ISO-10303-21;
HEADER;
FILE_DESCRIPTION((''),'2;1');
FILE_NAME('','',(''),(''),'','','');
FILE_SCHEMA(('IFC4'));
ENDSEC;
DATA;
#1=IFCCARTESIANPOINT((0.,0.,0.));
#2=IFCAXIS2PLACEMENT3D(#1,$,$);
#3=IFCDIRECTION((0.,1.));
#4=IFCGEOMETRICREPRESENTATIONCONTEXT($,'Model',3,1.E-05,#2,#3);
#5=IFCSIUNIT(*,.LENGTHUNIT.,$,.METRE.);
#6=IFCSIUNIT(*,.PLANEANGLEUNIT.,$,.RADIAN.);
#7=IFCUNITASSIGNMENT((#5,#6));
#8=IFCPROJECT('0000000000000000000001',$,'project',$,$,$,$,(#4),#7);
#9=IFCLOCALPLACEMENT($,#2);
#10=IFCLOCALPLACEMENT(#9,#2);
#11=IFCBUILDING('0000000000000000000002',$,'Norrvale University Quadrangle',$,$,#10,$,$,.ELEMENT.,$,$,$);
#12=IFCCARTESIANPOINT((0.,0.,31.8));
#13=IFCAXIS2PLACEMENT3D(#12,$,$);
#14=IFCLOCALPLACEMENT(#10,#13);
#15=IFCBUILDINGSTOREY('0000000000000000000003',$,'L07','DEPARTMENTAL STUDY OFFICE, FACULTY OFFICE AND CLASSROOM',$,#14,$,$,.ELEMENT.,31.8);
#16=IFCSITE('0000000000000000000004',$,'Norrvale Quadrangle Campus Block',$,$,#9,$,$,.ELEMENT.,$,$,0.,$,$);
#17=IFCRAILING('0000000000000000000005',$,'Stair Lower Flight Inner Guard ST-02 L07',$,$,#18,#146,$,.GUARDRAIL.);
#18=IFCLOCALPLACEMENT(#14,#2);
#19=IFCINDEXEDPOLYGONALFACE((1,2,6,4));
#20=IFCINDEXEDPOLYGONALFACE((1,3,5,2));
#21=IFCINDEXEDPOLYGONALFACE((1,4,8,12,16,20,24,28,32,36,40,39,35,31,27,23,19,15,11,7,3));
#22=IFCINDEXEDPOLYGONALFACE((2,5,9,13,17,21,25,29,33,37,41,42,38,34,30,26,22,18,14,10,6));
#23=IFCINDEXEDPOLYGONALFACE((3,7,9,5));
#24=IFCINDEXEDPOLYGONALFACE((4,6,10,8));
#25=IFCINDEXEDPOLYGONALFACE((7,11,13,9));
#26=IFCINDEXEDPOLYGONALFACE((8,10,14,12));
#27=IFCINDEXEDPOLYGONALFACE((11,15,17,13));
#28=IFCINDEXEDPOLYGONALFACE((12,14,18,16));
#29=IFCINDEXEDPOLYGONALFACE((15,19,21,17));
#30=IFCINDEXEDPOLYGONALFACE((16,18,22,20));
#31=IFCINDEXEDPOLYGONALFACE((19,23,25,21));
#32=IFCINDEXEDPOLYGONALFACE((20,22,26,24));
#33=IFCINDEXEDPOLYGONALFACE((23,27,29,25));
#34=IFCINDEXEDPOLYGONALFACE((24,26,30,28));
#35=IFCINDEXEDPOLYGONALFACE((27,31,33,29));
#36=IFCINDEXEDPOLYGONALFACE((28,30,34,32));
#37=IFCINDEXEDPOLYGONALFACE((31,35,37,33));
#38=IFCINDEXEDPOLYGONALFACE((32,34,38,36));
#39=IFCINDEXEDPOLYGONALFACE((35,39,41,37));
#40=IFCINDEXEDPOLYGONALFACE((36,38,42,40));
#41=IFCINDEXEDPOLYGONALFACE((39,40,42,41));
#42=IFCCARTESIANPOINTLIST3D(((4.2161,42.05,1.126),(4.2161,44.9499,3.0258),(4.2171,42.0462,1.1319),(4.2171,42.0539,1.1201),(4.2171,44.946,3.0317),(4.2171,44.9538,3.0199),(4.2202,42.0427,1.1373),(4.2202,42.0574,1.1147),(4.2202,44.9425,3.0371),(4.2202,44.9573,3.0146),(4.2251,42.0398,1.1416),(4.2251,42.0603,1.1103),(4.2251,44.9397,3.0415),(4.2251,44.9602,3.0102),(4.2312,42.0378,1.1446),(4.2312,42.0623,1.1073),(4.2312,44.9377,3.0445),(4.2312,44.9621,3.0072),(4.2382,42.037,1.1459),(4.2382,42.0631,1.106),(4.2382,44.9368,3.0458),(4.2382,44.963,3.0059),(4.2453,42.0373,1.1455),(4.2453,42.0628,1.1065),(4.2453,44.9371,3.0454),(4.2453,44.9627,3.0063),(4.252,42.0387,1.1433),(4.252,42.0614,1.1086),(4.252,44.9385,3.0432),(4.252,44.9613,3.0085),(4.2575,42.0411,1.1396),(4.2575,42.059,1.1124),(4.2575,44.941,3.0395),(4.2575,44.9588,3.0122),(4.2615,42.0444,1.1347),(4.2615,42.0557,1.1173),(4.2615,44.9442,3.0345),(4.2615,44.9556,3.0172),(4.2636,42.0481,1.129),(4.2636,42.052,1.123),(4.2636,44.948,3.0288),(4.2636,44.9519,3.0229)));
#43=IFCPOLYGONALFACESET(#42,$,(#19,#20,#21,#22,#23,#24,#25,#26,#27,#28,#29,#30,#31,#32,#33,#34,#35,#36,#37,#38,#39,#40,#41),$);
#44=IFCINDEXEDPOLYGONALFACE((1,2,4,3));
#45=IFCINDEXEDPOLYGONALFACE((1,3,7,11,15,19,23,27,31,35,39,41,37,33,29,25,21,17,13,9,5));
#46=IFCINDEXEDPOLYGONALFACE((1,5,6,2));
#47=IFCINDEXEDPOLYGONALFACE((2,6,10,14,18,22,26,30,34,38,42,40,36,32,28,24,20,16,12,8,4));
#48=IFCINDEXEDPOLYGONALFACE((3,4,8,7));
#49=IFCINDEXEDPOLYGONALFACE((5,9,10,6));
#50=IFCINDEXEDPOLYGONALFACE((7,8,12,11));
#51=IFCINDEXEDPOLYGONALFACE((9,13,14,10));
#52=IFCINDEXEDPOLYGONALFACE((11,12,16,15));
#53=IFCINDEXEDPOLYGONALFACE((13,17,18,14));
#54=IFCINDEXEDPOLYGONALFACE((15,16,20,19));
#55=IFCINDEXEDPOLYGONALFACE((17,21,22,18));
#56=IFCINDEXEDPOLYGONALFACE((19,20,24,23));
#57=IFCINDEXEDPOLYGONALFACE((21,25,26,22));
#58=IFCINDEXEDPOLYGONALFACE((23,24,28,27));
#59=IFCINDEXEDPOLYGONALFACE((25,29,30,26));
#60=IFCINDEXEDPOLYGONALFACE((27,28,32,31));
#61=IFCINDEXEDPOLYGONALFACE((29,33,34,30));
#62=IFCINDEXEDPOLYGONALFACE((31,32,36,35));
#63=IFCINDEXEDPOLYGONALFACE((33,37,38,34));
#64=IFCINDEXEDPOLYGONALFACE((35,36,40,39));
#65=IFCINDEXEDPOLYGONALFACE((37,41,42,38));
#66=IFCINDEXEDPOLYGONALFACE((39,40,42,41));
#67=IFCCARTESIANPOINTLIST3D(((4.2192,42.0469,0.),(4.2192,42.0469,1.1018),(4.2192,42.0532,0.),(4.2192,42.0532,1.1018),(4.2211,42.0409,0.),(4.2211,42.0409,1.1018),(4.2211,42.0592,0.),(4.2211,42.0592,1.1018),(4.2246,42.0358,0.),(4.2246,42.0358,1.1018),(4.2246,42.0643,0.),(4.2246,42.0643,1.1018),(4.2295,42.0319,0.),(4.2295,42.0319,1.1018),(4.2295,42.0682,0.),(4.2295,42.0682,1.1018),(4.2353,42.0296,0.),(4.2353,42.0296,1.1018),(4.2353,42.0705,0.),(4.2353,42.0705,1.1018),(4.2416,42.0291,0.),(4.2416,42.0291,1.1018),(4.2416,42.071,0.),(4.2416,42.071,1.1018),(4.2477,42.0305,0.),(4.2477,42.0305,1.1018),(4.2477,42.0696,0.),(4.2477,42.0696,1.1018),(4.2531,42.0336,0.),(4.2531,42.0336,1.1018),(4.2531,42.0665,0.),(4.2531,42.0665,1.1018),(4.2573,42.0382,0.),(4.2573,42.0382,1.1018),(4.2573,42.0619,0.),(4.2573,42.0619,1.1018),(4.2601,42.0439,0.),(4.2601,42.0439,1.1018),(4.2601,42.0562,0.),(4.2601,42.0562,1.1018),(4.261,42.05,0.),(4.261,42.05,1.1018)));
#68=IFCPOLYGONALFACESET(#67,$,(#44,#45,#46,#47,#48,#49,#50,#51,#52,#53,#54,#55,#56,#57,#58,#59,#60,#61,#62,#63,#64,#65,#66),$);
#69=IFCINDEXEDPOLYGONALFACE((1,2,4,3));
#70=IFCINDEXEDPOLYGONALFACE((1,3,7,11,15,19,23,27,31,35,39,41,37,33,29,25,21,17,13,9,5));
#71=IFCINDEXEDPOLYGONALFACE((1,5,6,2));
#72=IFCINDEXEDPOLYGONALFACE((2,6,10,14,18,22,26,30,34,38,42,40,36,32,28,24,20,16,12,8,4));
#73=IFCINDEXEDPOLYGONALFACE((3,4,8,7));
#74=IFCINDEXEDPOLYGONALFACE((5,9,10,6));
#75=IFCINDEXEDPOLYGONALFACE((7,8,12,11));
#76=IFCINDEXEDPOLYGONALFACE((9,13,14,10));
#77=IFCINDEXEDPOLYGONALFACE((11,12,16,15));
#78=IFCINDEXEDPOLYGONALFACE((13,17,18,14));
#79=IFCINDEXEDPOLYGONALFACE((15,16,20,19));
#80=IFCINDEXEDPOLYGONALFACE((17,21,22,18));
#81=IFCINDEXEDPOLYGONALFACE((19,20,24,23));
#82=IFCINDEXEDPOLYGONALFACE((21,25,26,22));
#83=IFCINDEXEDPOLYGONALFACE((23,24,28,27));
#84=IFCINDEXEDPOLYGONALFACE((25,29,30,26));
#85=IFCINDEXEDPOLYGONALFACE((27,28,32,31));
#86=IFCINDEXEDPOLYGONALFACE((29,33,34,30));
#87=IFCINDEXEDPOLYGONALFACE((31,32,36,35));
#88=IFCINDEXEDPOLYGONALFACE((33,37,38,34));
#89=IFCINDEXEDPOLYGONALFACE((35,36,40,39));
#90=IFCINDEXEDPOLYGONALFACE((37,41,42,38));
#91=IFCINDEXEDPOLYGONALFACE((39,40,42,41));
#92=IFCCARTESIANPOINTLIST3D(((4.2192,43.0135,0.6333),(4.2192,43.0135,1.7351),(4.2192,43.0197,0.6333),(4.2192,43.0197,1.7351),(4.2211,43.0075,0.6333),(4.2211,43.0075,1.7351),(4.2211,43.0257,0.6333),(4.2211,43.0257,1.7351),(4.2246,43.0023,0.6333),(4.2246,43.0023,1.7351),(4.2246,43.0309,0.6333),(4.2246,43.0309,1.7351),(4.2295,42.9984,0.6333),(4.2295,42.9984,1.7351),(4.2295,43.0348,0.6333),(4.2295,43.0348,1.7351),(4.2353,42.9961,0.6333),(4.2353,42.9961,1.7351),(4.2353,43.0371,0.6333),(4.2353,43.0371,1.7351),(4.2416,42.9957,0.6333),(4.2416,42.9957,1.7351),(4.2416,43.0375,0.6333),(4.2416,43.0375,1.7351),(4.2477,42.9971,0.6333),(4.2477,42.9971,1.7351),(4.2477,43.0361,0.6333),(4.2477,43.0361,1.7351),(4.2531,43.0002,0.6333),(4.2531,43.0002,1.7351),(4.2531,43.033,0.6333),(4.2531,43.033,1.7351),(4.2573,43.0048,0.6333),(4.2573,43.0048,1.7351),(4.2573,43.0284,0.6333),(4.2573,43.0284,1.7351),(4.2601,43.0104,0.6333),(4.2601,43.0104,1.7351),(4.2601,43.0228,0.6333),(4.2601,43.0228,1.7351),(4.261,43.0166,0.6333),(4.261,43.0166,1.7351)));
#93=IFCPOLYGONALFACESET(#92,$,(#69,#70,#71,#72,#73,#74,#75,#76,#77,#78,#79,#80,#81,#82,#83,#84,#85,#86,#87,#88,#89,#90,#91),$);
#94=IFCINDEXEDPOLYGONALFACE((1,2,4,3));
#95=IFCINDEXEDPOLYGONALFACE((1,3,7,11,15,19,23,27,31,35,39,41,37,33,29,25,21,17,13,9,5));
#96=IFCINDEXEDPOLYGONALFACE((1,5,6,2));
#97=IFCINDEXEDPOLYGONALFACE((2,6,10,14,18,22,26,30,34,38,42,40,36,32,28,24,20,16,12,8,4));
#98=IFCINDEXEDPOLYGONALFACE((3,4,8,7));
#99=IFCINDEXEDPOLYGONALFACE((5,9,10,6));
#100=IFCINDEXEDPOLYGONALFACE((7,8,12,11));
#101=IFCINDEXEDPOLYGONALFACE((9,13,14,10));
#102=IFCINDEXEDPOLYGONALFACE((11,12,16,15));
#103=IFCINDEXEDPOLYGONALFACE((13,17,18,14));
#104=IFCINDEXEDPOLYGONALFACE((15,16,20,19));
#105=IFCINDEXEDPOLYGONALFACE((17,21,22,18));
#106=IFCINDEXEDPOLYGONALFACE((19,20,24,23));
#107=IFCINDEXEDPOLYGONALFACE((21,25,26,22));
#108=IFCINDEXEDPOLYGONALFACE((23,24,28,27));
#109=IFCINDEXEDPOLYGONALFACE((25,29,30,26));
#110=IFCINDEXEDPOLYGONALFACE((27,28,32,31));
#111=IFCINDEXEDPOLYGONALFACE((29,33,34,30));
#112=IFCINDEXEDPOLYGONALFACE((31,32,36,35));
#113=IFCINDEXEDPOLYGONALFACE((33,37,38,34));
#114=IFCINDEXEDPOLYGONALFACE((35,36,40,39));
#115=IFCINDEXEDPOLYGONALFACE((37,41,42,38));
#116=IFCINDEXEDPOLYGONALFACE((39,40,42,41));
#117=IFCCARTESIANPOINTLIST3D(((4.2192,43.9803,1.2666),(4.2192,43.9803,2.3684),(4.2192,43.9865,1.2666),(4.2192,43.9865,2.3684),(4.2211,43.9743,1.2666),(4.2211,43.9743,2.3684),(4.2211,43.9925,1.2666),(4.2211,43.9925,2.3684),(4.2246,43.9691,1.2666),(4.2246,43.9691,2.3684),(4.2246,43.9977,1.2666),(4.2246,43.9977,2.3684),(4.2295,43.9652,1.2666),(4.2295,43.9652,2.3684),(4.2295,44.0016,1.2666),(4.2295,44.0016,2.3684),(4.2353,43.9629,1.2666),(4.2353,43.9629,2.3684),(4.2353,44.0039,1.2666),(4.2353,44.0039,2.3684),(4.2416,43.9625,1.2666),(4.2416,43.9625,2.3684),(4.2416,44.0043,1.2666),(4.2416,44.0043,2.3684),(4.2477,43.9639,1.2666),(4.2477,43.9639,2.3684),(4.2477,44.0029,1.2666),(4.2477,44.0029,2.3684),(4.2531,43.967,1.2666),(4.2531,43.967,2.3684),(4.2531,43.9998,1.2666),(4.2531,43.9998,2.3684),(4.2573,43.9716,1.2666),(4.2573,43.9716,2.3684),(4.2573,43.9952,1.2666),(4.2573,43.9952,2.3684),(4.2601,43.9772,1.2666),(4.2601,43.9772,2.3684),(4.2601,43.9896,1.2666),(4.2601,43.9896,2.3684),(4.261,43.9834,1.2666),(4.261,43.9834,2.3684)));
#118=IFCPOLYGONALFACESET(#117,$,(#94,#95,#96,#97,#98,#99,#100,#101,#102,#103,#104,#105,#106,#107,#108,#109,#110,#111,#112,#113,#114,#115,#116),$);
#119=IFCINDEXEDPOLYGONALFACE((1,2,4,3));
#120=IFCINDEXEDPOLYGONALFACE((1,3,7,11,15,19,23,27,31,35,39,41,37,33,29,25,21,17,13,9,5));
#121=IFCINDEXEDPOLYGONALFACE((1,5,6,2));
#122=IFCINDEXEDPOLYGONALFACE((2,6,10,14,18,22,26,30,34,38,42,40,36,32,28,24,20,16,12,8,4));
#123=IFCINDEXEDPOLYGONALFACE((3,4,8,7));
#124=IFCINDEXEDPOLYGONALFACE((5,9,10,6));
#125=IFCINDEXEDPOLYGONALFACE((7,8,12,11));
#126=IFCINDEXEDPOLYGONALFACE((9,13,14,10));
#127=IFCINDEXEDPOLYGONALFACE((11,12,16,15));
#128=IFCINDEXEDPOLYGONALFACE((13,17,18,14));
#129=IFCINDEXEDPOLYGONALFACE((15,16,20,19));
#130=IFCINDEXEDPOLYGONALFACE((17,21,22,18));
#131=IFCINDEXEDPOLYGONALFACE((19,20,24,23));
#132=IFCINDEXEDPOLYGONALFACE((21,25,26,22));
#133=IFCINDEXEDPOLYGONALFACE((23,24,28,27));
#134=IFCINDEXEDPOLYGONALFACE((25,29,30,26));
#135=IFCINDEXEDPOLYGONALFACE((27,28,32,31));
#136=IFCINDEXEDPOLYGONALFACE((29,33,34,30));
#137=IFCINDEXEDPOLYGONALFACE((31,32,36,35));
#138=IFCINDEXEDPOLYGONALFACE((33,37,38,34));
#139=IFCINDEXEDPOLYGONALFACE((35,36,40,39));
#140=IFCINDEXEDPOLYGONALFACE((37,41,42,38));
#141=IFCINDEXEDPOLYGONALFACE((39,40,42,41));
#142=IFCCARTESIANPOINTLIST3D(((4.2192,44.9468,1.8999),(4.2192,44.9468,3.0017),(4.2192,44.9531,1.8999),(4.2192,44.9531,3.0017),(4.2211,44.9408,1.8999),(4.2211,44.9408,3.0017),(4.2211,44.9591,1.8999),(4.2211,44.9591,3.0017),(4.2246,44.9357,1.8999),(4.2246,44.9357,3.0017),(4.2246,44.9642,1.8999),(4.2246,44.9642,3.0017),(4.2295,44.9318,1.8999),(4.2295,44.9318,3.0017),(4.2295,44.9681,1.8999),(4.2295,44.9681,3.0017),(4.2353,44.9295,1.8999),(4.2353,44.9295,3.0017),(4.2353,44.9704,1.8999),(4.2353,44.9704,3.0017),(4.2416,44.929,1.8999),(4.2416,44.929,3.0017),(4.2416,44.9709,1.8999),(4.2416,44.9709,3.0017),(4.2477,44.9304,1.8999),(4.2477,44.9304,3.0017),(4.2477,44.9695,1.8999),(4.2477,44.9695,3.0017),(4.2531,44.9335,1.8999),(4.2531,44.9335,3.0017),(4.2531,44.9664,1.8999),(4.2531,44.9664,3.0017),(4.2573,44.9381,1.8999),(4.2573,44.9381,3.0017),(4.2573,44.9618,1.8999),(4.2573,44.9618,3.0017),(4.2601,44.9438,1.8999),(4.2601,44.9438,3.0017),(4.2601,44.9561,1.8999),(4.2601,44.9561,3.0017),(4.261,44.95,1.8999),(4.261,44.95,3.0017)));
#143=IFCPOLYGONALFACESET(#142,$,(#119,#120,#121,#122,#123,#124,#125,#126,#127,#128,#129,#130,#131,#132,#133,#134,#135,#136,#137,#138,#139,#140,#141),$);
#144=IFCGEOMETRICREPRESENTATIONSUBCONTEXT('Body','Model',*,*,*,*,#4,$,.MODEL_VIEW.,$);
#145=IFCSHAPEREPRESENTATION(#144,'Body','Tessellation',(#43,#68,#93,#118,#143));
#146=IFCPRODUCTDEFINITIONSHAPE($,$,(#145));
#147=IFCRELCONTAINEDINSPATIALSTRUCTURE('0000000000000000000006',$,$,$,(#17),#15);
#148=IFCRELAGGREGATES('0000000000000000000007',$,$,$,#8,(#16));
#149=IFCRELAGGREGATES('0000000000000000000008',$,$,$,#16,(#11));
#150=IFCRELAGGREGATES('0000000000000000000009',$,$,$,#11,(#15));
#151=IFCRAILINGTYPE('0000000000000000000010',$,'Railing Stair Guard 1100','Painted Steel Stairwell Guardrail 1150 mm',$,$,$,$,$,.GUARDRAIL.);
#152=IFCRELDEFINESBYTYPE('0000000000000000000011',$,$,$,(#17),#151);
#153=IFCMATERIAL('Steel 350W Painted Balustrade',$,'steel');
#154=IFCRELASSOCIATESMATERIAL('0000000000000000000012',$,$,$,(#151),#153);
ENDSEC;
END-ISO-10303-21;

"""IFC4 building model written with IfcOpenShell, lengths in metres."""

from ifc_helpers import new_model, si_unit, direction, frame, origin, origin_2d, place, context, subcontext, project, spatial, circle, extrude, material, type_object, element, save


model = new_model("IFC4")

# Units and contexts
model_context = context("Model", 3, precision=1e-05, world=origin(), true_north=direction((0.0, 1.0)))
body_context = subcontext(model_context, "Body", "Model", "MODEL_VIEW")
ifc_project = project(units=[si_unit("LENGTHUNIT", "METRE"), si_unit("PLANEANGLEUNIT", "RADIAN")], contexts=[model_context])

# Site, building, storey
site_placement = place(None, origin())
site = spatial("IfcSite", under=ifc_project, at=site_placement, Name="Norrvale Quadrangle Campus Block", CompositionType="ELEMENT", RefElevation=0.0)
building_placement = place(site_placement, origin())
building = spatial("IfcBuilding", under=site, at=building_placement, Name="Norrvale University Quadrangle", CompositionType="ELEMENT")
storey_placement = place(building_placement, frame((0.0, 0.0, 31.8)))
storey = spatial("IfcBuildingStorey", under=building, at=storey_placement, Name="L07", Description="DEPARTMENTAL STUDY OFFICE, FACULTY OFFICE AND CLASSROOM", CompositionType="ELEMENT", Elevation=31.8)

# Railing
ifc_material_1 = material(Name="Steel 350W Painted Balustrade", Category="steel")
railing_type_1 = type_object("IfcRailingType", Name="Railing Stair Guard 1100", Description="Painted Steel Stairwell Guardrail 1150 mm", PredefinedType="GUARDRAIL", material=ifc_material_1)
railing_1_placement = place(storey_placement, frame((4.24, 42.05, 0.0)))
element("IfcRailing", 1, at=railing_1_placement, inside=storey, type_object=railing_type_1, Name="Stair Lower Flight Inner Guard ST-02 L07", PredefinedType="GUARDRAIL", context=body_context, shape_type="SweptSolid", body=[
    extrude(circle(Radius=0.0239, at=origin_2d()), frame((0.0, 0.0, 1.126), z_axis=(0.0, 0.836466, 0.548019), x_axis=(-1.0, 0.0, 0.0)), (0.0, 0.0, 1.0), 3.4668),
    extrude(circle(Radius=0.021, at=origin_2d()), origin(), (0.0, 0.0, 1.0), 1.1018),
    extrude(circle(Radius=0.021, at=origin_2d()), frame((0.0, 0.9666, 0.6333)), (0.0, 0.0, 1.0), 1.1018),
    extrude(circle(Radius=0.021, at=origin_2d()), frame((0.0, 1.9333, 1.2666)), (0.0, 0.0, 1.0), 1.1018),
    extrude(circle(Radius=0.021, at=origin_2d()), frame((0.0, 2.8999, 1.8999)), (0.0, 0.0, 1.0), 1.1018),
])

save(model, "model.ifc")
